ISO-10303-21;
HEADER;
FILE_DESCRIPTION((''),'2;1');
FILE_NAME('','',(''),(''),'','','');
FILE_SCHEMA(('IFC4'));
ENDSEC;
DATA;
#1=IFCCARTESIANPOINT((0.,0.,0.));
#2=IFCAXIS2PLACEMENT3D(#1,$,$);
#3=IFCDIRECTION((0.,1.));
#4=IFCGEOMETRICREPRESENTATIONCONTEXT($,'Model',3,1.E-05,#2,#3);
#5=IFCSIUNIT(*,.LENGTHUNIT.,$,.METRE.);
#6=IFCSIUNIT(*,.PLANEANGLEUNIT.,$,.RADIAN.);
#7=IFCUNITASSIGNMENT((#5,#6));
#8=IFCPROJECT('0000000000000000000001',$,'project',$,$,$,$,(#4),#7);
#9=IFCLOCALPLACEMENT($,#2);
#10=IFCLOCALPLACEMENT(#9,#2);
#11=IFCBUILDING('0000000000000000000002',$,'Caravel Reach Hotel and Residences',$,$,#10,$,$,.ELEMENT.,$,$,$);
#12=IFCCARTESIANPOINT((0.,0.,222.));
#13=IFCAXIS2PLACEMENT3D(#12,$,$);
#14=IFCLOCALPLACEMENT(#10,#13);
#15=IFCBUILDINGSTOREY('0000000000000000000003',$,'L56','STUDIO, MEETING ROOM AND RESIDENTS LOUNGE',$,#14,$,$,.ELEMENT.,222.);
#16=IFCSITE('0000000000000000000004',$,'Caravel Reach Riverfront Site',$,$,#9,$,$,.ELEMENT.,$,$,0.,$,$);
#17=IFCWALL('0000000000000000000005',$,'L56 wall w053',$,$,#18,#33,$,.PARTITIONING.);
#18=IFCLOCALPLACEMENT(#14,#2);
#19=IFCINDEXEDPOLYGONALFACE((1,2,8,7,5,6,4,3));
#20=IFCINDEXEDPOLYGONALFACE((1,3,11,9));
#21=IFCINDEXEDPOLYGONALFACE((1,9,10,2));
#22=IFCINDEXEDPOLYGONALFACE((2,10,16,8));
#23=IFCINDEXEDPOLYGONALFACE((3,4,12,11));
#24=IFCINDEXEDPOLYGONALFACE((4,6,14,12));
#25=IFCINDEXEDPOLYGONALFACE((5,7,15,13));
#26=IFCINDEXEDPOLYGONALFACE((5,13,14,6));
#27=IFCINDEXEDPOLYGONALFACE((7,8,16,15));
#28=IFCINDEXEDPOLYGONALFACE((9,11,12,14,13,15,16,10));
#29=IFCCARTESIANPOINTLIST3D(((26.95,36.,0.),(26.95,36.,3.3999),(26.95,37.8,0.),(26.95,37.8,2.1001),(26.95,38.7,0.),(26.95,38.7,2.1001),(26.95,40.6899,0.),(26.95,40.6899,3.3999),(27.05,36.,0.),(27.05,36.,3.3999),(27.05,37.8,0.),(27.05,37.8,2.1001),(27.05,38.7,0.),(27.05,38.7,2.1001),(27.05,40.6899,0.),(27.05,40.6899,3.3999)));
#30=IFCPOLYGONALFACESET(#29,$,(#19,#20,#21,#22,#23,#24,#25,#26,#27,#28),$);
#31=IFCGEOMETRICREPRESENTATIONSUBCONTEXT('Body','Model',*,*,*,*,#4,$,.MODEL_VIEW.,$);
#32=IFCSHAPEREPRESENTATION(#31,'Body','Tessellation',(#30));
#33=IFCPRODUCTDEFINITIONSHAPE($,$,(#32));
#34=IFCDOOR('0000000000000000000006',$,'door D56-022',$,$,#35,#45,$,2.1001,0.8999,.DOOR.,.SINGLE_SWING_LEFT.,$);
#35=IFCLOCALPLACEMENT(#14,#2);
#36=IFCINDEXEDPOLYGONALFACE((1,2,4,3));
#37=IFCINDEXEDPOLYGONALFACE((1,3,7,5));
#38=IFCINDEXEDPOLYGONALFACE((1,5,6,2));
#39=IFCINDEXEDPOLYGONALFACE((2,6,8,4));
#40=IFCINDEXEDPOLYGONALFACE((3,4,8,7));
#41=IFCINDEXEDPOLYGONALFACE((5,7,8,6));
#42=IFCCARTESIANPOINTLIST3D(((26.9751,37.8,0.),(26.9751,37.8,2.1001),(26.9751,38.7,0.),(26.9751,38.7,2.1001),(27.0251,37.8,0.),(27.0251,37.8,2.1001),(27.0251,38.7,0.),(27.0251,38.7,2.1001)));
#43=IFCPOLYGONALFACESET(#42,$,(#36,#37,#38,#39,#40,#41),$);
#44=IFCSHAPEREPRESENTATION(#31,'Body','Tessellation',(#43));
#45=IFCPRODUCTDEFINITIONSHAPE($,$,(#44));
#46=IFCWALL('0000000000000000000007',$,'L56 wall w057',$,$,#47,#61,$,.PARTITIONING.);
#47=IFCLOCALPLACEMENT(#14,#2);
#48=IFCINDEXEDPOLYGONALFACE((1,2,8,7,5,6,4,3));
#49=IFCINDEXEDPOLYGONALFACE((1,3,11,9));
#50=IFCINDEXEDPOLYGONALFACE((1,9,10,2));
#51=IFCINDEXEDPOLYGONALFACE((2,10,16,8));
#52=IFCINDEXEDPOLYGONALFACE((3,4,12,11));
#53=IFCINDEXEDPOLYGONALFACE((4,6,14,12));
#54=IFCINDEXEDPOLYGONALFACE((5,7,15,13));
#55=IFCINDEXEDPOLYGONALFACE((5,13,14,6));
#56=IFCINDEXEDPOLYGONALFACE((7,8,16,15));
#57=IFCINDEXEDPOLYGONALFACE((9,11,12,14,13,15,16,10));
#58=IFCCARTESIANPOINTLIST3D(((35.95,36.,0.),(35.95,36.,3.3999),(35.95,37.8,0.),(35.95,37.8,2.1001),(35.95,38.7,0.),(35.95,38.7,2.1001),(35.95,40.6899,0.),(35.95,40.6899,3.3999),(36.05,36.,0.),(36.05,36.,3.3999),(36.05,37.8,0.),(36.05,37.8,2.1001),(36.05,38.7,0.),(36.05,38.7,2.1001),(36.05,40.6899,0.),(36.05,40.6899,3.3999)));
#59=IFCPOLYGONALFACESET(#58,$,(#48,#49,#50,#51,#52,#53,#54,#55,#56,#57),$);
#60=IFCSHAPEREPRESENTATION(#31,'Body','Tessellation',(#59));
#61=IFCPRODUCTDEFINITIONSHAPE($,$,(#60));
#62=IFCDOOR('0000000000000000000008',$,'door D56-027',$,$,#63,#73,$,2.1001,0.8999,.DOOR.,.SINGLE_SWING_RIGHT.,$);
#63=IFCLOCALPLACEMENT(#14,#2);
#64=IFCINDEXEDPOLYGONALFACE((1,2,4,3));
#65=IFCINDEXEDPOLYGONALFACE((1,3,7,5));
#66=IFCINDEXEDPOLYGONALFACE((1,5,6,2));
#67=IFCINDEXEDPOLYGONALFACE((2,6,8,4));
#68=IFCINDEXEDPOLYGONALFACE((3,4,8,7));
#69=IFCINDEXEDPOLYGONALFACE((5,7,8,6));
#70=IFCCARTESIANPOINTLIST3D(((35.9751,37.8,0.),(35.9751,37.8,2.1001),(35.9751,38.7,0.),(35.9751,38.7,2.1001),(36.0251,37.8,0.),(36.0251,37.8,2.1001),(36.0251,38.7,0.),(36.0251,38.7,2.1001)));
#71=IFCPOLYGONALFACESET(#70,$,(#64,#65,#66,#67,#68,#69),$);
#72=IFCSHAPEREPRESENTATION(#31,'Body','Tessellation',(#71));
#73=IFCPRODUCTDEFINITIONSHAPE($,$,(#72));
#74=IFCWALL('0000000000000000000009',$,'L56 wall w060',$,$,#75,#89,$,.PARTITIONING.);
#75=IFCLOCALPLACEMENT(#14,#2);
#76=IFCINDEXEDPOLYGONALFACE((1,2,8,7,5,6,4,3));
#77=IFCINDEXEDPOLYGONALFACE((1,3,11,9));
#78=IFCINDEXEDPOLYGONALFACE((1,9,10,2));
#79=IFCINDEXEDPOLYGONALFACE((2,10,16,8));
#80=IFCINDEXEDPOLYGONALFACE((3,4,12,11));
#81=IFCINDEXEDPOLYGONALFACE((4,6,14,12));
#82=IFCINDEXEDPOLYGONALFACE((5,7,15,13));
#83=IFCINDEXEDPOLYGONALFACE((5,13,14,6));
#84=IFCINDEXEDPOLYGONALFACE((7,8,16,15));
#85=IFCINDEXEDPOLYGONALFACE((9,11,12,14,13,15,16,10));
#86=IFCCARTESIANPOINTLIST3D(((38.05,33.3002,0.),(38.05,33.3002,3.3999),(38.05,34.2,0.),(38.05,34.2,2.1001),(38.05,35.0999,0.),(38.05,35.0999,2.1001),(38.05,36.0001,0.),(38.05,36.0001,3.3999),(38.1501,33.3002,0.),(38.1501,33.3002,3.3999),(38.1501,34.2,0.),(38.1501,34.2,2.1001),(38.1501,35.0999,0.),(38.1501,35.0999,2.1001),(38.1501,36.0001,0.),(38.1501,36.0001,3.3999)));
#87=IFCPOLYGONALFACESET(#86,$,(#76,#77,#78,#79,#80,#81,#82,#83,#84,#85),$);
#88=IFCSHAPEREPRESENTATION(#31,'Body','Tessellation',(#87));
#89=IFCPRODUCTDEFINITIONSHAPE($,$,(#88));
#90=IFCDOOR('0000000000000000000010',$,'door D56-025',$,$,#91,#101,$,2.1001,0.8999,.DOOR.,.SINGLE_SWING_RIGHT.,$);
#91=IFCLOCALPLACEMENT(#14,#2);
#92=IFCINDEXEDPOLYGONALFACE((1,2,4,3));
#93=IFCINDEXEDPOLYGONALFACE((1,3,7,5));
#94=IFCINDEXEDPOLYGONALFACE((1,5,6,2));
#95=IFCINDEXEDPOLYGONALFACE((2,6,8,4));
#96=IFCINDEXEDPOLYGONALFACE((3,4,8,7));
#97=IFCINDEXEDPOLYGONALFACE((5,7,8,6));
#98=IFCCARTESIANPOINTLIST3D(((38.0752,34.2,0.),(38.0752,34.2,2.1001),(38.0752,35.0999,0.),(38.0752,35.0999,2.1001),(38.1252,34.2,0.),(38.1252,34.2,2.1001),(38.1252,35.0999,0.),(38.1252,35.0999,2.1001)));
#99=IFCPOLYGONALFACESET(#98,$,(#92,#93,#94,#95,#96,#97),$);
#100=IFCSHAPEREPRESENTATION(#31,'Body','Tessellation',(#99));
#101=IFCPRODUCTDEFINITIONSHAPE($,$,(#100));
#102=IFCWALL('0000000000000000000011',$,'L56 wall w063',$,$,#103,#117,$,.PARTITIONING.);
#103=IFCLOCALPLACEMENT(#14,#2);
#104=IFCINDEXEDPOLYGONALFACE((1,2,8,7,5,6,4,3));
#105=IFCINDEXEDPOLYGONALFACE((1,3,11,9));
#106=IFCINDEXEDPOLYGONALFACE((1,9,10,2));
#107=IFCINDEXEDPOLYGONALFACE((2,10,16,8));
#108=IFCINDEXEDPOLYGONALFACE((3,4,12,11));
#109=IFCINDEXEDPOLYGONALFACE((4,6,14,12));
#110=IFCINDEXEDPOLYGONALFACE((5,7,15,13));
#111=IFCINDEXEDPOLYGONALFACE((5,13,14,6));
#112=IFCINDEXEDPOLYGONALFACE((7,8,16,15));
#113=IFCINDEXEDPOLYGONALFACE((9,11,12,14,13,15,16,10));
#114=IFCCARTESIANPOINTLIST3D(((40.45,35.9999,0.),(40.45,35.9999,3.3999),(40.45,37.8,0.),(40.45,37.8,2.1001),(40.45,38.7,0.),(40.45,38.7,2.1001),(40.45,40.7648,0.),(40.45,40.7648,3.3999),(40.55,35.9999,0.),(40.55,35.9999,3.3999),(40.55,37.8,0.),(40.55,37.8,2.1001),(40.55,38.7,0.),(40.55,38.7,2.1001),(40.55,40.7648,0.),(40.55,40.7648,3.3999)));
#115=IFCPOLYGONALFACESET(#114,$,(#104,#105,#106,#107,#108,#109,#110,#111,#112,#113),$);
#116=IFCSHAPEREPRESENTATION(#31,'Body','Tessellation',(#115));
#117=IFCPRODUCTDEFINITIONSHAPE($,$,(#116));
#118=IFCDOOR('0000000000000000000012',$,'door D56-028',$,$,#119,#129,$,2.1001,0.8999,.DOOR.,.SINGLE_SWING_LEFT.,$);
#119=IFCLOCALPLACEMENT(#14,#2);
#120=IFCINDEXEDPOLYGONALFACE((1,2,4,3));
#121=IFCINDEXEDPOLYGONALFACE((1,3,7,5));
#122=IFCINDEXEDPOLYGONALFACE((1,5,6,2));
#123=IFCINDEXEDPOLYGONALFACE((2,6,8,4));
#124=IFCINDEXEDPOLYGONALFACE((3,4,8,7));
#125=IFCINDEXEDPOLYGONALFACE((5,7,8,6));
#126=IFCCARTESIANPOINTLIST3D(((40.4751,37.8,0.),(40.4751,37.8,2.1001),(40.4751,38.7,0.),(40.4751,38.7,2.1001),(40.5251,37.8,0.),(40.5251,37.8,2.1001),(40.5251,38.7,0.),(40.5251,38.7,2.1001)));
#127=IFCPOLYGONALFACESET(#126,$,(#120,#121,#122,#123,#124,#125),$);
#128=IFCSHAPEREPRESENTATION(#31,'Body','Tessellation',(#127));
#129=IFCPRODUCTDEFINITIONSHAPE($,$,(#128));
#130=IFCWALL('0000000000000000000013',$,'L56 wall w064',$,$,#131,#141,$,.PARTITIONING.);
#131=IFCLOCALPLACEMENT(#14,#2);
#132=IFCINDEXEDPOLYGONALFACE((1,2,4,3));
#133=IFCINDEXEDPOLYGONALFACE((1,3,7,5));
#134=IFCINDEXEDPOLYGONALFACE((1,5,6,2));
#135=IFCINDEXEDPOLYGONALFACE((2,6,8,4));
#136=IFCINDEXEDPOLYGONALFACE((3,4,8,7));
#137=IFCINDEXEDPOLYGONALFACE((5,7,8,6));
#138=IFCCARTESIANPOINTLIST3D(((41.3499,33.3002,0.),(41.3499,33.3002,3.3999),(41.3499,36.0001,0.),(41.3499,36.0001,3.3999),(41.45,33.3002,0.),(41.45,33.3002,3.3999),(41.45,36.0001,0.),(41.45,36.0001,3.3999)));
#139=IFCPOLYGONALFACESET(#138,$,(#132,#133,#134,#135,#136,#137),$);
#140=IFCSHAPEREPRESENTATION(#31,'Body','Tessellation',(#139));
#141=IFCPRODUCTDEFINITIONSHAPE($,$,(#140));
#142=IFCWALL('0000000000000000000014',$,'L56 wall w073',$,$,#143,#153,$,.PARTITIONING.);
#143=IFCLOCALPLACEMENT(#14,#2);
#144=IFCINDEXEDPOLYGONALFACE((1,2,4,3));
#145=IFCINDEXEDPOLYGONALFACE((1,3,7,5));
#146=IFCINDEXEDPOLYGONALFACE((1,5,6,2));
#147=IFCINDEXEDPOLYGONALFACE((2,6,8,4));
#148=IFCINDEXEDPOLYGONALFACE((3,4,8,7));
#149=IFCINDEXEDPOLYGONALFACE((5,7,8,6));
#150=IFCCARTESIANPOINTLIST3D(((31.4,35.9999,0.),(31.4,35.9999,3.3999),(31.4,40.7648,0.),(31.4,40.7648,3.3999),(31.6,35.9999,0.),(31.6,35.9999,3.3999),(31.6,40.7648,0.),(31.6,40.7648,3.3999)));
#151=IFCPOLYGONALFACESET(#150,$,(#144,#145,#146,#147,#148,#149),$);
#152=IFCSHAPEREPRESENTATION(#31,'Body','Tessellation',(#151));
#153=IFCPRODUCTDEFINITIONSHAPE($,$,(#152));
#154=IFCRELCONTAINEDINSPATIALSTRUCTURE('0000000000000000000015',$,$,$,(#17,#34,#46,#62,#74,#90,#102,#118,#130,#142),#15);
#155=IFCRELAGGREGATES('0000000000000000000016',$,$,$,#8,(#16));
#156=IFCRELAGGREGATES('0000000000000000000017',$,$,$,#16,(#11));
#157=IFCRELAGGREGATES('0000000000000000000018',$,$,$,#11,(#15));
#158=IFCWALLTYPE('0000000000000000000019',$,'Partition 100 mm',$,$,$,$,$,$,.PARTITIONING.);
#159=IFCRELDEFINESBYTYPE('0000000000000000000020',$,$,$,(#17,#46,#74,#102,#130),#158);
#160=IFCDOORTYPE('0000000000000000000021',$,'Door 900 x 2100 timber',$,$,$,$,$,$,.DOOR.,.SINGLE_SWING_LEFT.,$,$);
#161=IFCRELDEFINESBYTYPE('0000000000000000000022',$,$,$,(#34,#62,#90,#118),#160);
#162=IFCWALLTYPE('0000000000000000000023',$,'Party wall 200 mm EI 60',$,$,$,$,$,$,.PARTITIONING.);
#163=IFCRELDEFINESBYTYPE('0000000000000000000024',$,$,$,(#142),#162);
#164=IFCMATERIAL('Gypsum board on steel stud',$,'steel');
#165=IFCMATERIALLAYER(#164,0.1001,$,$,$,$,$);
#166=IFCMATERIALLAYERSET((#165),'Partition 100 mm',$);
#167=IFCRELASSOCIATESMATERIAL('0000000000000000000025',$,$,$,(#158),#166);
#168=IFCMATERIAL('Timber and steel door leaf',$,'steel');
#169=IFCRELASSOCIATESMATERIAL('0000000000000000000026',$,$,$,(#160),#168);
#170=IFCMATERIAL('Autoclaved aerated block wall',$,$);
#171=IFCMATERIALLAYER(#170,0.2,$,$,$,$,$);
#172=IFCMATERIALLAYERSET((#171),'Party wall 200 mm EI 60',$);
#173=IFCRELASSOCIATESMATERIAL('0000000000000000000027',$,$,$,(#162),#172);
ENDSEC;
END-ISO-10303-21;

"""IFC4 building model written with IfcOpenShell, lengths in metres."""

from ifc_helpers import new_model, si_unit, direction, frame, frame_2d, origin, place, context, subcontext, project, spatial, rectangle, extrude, material, layer, layer_set, type_object, element, fill, save


model = new_model("IFC4")

# Units and contexts
model_context = context("Model", 3, precision=1e-05, world=origin(), true_north=direction((0.0, 1.0)))
body_context = subcontext(model_context, "Body", "Model", "MODEL_VIEW")
ifc_project = project(units=[si_unit("LENGTHUNIT", "METRE"), si_unit("PLANEANGLEUNIT", "RADIAN")], contexts=[model_context])

# Site, building, storey
site_placement = place(None, origin())
site = spatial("IfcSite", under=ifc_project, at=site_placement, Name="Caravel Reach Riverfront Site", CompositionType="ELEMENT", RefElevation=0.0)
building_placement = place(site_placement, origin())
building = spatial("IfcBuilding", under=site, at=building_placement, Name="Caravel Reach Hotel and Residences", CompositionType="ELEMENT")
storey_placement = place(building_placement, frame((0.0, 0.0, 222.0)))
storey = spatial("IfcBuildingStorey", under=building, at=storey_placement, Name="L56", Description="STUDIO, MEETING ROOM AND RESIDENTS LOUNGE", CompositionType="ELEMENT", Elevation=222.0)

# Shared definitions
ifc_material_1 = material(Name="Gypsum board on steel stud", Category="steel")
ifc_layer_1 = layer(ifc_material_1, 0.1001)
ifc_layer_set_1 = layer_set([ifc_layer_1], Name="Partition 100 mm")
wall_type_1 = type_object("IfcWallType", Name="Partition 100 mm", PredefinedType="PARTITIONING", material=ifc_layer_set_1)

# Walls, openings, doors
ifc_material_2 = material(Name="Timber and steel door leaf", Category="steel")
door_type = type_object("IfcDoorType", Name="Door 900 x 2100 timber", OperationType="SINGLE_SWING_LEFT", PredefinedType="DOOR", material=ifc_material_2)
wall_1_placement = place(storey_placement, frame((27.0, 36.0, 0.0), z_axis=(0.0, 0.0, 1.0), x_axis=(0.0, 1.0, 0.0)))
wall_1 = element("IfcWall", 1, at=wall_1_placement, inside=storey, type_object=wall_type_1, Name="L56 wall w053", PredefinedType="PARTITIONING", context=body_context, shape_type="SweptSolid", body=[
    extrude(rectangle(XDim=4.6899, YDim=0.1001, at=frame_2d((2.345, 0.0))), origin(), (0.0, 0.0, 1.0), 3.3999),
])
opening_1_placement = place(wall_1_placement, frame((1.8, 0.0, 0.0)))
opening_1 = element("IfcOpeningElement", 2, at=opening_1_placement, cuts=wall_1, PredefinedType="OPENING", context=body_context, shape_type="SweptSolid", body=[
    extrude(rectangle(XDim=0.8999, YDim=2.1001, at=frame_2d((0.45, 1.05))), frame((0.0, 0.0601, 0.0), z_axis=(0.0, -1.0, 0.0), x_axis=(1.0, 0.0, 0.0)), (0.0, 0.0, 1.0), 0.1201),
])
door_1_placement = place(opening_1_placement, origin())
door_1 = element("IfcDoor", 3, at=door_1_placement, inside=storey, type_object=door_type, Name="door D56-022", OperationType="SINGLE_SWING_LEFT", OverallHeight=2.1001, OverallWidth=0.8999, PredefinedType="DOOR", context=body_context, shape_type="SweptSolid", body=[
    extrude(rectangle(XDim=0.8999, YDim=2.1001, at=frame_2d((0.45, 1.05))), frame((0.0, 0.0249, 0.0), z_axis=(0.0, -1.0, 0.0), x_axis=(1.0, 0.0, 0.0)), (0.0, 0.0, 1.0), 0.05),
])
fill(opening_1, door_1)
wall_2_placement = place(storey_placement, frame((36.0, 36.0, 0.0), z_axis=(0.0, 0.0, 1.0), x_axis=(0.0, 1.0, 0.0)))
wall_2 = element("IfcWall", 4, at=wall_2_placement, inside=storey, type_object=wall_type_1, Name="L56 wall w057", PredefinedType="PARTITIONING", context=body_context, shape_type="SweptSolid", body=[
    extrude(rectangle(XDim=4.6899, YDim=0.1001, at=frame_2d((2.345, 0.0))), origin(), (0.0, 0.0, 1.0), 3.3999),
])
opening_2_placement = place(wall_2_placement, frame((1.8, 0.0, 0.0)))
opening_2 = element("IfcOpeningElement", 5, at=opening_2_placement, cuts=wall_2, PredefinedType="OPENING", context=body_context, shape_type="SweptSolid", body=[
    extrude(rectangle(XDim=0.8999, YDim=2.1001, at=frame_2d((0.45, 1.05))), frame((0.0, 0.0601, 0.0), z_axis=(0.0, -1.0, 0.0), x_axis=(1.0, 0.0, 0.0)), (0.0, 0.0, 1.0), 0.1201),
])
door_2_placement = place(opening_2_placement, origin())
door_2 = element("IfcDoor", 6, at=door_2_placement, inside=storey, type_object=door_type, Name="door D56-027", OperationType="SINGLE_SWING_RIGHT", OverallHeight=2.1001, OverallWidth=0.8999, PredefinedType="DOOR", context=body_context, shape_type="SweptSolid", body=[
    extrude(rectangle(XDim=0.8999, YDim=2.1001, at=frame_2d((0.45, 1.05))), frame((0.0, 0.0249, 0.0), z_axis=(0.0, -1.0, 0.0), x_axis=(1.0, 0.0, 0.0)), (0.0, 0.0, 1.0), 0.05),
])
fill(opening_2, door_2)
wall_3_placement = place(storey_placement, frame((38.1001, 33.3, 0.0), z_axis=(0.0, 0.0, 1.0), x_axis=(0.0, 1.0, 0.0)))
wall_3 = element("IfcWall", 7, at=wall_3_placement, inside=storey, type_object=wall_type_1, Name="L56 wall w060", PredefinedType="PARTITIONING", context=body_context, shape_type="SweptSolid", body=[
    extrude(rectangle(XDim=2.7, YDim=0.1001, at=frame_2d((1.3501, 0.0))), origin(), (0.0, 0.0, 1.0), 3.3999),
])
opening_3_placement = place(wall_3_placement, frame((0.8999, 0.0, 0.0)))
opening_3 = element("IfcOpeningElement", 8, at=opening_3_placement, cuts=wall_3, PredefinedType="OPENING", context=body_context, shape_type="SweptSolid", body=[
    extrude(rectangle(XDim=0.8999, YDim=2.1001, at=frame_2d((0.45, 1.05))), frame((0.0, 0.0601, 0.0), z_axis=(0.0, -1.0, 0.0), x_axis=(1.0, 0.0, 0.0)), (0.0, 0.0, 1.0), 0.1201),
])
door_3_placement = place(opening_3_placement, origin())
door_3 = element("IfcDoor", 9, at=door_3_placement, inside=storey, type_object=door_type, Name="door D56-025", OperationType="SINGLE_SWING_RIGHT", OverallHeight=2.1001, OverallWidth=0.8999, PredefinedType="DOOR", context=body_context, shape_type="SweptSolid", body=[
    extrude(rectangle(XDim=0.8999, YDim=2.1001, at=frame_2d((0.45, 1.05))), frame((0.0, 0.0249, 0.0), z_axis=(0.0, -1.0, 0.0), x_axis=(1.0, 0.0, 0.0)), (0.0, 0.0, 1.0), 0.05),
])
fill(opening_3, door_3)
wall_4_placement = place(storey_placement, frame((40.5, 36.0, 0.0), z_axis=(0.0, 0.0, 1.0), x_axis=(0.0, 1.0, 0.0)))
wall_4 = element("IfcWall", 10, at=wall_4_placement, inside=storey, type_object=wall_type_1, Name="L56 wall w063", PredefinedType="PARTITIONING", context=body_context, shape_type="SweptSolid", body=[
    extrude(rectangle(XDim=4.7649, YDim=0.1001, at=frame_2d((2.3823, 0.0))), origin(), (0.0, 0.0, 1.0), 3.3999),
])
opening_4_placement = place(wall_4_placement, frame((1.8, 0.0, 0.0)))
opening_4 = element("IfcOpeningElement", 11, at=opening_4_placement, cuts=wall_4, PredefinedType="OPENING", context=body_context, shape_type="SweptSolid", body=[
    extrude(rectangle(XDim=0.8999, YDim=2.1001, at=frame_2d((0.45, 1.05))), frame((0.0, 0.0601, 0.0), z_axis=(0.0, -1.0, 0.0), x_axis=(1.0, 0.0, 0.0)), (0.0, 0.0, 1.0), 0.1201),
])
door_4_placement = place(opening_4_placement, origin())
door_4 = element("IfcDoor", 12, at=door_4_placement, inside=storey, type_object=door_type, Name="door D56-028", OperationType="SINGLE_SWING_LEFT", OverallHeight=2.1001, OverallWidth=0.8999, PredefinedType="DOOR", context=body_context, shape_type="SweptSolid", body=[
    extrude(rectangle(XDim=0.8999, YDim=2.1001, at=frame_2d((0.45, 1.05))), frame((0.0, 0.0249, 0.0), z_axis=(0.0, -1.0, 0.0), x_axis=(1.0, 0.0, 0.0)), (0.0, 0.0, 1.0), 0.05),
])
fill(opening_4, door_4)

# Walls
wall_5_placement = place(storey_placement, frame((41.3999, 33.3, 0.0), z_axis=(0.0, 0.0, 1.0), x_axis=(0.0, 1.0, 0.0)))
element("IfcWall", 13, at=wall_5_placement, inside=storey, type_object=wall_type_1, Name="L56 wall w064", PredefinedType="PARTITIONING", context=body_context, shape_type="SweptSolid", body=[
    extrude(rectangle(XDim=2.7, YDim=0.1001, at=frame_2d((1.3501, 0.0))), origin(), (0.0, 0.0, 1.0), 3.3999),
])
ifc_material_3 = material(Name="Autoclaved aerated block wall")
ifc_layer_2 = layer(ifc_material_3, 0.2)
ifc_layer_set_2 = layer_set([ifc_layer_2], Name="Party wall 200 mm EI 60")
wall_type_2 = type_object("IfcWallType", Name="Party wall 200 mm EI 60", PredefinedType="PARTITIONING", material=ifc_layer_set_2)
wall_6_placement = place(storey_placement, frame((31.5, 36.0, 0.0), z_axis=(0.0, 0.0, 1.0), x_axis=(0.0, 1.0, 0.0)))
element("IfcWall", 14, at=wall_6_placement, inside=storey, type_object=wall_type_2, Name="L56 wall w073", PredefinedType="PARTITIONING", context=body_context, shape_type="SweptSolid", body=[
    extrude(rectangle(XDim=4.7649, YDim=0.2, at=frame_2d((2.3823, 0.0))), origin(), (0.0, 0.0, 1.0), 3.3999),
])

save(model, "model.ifc")
